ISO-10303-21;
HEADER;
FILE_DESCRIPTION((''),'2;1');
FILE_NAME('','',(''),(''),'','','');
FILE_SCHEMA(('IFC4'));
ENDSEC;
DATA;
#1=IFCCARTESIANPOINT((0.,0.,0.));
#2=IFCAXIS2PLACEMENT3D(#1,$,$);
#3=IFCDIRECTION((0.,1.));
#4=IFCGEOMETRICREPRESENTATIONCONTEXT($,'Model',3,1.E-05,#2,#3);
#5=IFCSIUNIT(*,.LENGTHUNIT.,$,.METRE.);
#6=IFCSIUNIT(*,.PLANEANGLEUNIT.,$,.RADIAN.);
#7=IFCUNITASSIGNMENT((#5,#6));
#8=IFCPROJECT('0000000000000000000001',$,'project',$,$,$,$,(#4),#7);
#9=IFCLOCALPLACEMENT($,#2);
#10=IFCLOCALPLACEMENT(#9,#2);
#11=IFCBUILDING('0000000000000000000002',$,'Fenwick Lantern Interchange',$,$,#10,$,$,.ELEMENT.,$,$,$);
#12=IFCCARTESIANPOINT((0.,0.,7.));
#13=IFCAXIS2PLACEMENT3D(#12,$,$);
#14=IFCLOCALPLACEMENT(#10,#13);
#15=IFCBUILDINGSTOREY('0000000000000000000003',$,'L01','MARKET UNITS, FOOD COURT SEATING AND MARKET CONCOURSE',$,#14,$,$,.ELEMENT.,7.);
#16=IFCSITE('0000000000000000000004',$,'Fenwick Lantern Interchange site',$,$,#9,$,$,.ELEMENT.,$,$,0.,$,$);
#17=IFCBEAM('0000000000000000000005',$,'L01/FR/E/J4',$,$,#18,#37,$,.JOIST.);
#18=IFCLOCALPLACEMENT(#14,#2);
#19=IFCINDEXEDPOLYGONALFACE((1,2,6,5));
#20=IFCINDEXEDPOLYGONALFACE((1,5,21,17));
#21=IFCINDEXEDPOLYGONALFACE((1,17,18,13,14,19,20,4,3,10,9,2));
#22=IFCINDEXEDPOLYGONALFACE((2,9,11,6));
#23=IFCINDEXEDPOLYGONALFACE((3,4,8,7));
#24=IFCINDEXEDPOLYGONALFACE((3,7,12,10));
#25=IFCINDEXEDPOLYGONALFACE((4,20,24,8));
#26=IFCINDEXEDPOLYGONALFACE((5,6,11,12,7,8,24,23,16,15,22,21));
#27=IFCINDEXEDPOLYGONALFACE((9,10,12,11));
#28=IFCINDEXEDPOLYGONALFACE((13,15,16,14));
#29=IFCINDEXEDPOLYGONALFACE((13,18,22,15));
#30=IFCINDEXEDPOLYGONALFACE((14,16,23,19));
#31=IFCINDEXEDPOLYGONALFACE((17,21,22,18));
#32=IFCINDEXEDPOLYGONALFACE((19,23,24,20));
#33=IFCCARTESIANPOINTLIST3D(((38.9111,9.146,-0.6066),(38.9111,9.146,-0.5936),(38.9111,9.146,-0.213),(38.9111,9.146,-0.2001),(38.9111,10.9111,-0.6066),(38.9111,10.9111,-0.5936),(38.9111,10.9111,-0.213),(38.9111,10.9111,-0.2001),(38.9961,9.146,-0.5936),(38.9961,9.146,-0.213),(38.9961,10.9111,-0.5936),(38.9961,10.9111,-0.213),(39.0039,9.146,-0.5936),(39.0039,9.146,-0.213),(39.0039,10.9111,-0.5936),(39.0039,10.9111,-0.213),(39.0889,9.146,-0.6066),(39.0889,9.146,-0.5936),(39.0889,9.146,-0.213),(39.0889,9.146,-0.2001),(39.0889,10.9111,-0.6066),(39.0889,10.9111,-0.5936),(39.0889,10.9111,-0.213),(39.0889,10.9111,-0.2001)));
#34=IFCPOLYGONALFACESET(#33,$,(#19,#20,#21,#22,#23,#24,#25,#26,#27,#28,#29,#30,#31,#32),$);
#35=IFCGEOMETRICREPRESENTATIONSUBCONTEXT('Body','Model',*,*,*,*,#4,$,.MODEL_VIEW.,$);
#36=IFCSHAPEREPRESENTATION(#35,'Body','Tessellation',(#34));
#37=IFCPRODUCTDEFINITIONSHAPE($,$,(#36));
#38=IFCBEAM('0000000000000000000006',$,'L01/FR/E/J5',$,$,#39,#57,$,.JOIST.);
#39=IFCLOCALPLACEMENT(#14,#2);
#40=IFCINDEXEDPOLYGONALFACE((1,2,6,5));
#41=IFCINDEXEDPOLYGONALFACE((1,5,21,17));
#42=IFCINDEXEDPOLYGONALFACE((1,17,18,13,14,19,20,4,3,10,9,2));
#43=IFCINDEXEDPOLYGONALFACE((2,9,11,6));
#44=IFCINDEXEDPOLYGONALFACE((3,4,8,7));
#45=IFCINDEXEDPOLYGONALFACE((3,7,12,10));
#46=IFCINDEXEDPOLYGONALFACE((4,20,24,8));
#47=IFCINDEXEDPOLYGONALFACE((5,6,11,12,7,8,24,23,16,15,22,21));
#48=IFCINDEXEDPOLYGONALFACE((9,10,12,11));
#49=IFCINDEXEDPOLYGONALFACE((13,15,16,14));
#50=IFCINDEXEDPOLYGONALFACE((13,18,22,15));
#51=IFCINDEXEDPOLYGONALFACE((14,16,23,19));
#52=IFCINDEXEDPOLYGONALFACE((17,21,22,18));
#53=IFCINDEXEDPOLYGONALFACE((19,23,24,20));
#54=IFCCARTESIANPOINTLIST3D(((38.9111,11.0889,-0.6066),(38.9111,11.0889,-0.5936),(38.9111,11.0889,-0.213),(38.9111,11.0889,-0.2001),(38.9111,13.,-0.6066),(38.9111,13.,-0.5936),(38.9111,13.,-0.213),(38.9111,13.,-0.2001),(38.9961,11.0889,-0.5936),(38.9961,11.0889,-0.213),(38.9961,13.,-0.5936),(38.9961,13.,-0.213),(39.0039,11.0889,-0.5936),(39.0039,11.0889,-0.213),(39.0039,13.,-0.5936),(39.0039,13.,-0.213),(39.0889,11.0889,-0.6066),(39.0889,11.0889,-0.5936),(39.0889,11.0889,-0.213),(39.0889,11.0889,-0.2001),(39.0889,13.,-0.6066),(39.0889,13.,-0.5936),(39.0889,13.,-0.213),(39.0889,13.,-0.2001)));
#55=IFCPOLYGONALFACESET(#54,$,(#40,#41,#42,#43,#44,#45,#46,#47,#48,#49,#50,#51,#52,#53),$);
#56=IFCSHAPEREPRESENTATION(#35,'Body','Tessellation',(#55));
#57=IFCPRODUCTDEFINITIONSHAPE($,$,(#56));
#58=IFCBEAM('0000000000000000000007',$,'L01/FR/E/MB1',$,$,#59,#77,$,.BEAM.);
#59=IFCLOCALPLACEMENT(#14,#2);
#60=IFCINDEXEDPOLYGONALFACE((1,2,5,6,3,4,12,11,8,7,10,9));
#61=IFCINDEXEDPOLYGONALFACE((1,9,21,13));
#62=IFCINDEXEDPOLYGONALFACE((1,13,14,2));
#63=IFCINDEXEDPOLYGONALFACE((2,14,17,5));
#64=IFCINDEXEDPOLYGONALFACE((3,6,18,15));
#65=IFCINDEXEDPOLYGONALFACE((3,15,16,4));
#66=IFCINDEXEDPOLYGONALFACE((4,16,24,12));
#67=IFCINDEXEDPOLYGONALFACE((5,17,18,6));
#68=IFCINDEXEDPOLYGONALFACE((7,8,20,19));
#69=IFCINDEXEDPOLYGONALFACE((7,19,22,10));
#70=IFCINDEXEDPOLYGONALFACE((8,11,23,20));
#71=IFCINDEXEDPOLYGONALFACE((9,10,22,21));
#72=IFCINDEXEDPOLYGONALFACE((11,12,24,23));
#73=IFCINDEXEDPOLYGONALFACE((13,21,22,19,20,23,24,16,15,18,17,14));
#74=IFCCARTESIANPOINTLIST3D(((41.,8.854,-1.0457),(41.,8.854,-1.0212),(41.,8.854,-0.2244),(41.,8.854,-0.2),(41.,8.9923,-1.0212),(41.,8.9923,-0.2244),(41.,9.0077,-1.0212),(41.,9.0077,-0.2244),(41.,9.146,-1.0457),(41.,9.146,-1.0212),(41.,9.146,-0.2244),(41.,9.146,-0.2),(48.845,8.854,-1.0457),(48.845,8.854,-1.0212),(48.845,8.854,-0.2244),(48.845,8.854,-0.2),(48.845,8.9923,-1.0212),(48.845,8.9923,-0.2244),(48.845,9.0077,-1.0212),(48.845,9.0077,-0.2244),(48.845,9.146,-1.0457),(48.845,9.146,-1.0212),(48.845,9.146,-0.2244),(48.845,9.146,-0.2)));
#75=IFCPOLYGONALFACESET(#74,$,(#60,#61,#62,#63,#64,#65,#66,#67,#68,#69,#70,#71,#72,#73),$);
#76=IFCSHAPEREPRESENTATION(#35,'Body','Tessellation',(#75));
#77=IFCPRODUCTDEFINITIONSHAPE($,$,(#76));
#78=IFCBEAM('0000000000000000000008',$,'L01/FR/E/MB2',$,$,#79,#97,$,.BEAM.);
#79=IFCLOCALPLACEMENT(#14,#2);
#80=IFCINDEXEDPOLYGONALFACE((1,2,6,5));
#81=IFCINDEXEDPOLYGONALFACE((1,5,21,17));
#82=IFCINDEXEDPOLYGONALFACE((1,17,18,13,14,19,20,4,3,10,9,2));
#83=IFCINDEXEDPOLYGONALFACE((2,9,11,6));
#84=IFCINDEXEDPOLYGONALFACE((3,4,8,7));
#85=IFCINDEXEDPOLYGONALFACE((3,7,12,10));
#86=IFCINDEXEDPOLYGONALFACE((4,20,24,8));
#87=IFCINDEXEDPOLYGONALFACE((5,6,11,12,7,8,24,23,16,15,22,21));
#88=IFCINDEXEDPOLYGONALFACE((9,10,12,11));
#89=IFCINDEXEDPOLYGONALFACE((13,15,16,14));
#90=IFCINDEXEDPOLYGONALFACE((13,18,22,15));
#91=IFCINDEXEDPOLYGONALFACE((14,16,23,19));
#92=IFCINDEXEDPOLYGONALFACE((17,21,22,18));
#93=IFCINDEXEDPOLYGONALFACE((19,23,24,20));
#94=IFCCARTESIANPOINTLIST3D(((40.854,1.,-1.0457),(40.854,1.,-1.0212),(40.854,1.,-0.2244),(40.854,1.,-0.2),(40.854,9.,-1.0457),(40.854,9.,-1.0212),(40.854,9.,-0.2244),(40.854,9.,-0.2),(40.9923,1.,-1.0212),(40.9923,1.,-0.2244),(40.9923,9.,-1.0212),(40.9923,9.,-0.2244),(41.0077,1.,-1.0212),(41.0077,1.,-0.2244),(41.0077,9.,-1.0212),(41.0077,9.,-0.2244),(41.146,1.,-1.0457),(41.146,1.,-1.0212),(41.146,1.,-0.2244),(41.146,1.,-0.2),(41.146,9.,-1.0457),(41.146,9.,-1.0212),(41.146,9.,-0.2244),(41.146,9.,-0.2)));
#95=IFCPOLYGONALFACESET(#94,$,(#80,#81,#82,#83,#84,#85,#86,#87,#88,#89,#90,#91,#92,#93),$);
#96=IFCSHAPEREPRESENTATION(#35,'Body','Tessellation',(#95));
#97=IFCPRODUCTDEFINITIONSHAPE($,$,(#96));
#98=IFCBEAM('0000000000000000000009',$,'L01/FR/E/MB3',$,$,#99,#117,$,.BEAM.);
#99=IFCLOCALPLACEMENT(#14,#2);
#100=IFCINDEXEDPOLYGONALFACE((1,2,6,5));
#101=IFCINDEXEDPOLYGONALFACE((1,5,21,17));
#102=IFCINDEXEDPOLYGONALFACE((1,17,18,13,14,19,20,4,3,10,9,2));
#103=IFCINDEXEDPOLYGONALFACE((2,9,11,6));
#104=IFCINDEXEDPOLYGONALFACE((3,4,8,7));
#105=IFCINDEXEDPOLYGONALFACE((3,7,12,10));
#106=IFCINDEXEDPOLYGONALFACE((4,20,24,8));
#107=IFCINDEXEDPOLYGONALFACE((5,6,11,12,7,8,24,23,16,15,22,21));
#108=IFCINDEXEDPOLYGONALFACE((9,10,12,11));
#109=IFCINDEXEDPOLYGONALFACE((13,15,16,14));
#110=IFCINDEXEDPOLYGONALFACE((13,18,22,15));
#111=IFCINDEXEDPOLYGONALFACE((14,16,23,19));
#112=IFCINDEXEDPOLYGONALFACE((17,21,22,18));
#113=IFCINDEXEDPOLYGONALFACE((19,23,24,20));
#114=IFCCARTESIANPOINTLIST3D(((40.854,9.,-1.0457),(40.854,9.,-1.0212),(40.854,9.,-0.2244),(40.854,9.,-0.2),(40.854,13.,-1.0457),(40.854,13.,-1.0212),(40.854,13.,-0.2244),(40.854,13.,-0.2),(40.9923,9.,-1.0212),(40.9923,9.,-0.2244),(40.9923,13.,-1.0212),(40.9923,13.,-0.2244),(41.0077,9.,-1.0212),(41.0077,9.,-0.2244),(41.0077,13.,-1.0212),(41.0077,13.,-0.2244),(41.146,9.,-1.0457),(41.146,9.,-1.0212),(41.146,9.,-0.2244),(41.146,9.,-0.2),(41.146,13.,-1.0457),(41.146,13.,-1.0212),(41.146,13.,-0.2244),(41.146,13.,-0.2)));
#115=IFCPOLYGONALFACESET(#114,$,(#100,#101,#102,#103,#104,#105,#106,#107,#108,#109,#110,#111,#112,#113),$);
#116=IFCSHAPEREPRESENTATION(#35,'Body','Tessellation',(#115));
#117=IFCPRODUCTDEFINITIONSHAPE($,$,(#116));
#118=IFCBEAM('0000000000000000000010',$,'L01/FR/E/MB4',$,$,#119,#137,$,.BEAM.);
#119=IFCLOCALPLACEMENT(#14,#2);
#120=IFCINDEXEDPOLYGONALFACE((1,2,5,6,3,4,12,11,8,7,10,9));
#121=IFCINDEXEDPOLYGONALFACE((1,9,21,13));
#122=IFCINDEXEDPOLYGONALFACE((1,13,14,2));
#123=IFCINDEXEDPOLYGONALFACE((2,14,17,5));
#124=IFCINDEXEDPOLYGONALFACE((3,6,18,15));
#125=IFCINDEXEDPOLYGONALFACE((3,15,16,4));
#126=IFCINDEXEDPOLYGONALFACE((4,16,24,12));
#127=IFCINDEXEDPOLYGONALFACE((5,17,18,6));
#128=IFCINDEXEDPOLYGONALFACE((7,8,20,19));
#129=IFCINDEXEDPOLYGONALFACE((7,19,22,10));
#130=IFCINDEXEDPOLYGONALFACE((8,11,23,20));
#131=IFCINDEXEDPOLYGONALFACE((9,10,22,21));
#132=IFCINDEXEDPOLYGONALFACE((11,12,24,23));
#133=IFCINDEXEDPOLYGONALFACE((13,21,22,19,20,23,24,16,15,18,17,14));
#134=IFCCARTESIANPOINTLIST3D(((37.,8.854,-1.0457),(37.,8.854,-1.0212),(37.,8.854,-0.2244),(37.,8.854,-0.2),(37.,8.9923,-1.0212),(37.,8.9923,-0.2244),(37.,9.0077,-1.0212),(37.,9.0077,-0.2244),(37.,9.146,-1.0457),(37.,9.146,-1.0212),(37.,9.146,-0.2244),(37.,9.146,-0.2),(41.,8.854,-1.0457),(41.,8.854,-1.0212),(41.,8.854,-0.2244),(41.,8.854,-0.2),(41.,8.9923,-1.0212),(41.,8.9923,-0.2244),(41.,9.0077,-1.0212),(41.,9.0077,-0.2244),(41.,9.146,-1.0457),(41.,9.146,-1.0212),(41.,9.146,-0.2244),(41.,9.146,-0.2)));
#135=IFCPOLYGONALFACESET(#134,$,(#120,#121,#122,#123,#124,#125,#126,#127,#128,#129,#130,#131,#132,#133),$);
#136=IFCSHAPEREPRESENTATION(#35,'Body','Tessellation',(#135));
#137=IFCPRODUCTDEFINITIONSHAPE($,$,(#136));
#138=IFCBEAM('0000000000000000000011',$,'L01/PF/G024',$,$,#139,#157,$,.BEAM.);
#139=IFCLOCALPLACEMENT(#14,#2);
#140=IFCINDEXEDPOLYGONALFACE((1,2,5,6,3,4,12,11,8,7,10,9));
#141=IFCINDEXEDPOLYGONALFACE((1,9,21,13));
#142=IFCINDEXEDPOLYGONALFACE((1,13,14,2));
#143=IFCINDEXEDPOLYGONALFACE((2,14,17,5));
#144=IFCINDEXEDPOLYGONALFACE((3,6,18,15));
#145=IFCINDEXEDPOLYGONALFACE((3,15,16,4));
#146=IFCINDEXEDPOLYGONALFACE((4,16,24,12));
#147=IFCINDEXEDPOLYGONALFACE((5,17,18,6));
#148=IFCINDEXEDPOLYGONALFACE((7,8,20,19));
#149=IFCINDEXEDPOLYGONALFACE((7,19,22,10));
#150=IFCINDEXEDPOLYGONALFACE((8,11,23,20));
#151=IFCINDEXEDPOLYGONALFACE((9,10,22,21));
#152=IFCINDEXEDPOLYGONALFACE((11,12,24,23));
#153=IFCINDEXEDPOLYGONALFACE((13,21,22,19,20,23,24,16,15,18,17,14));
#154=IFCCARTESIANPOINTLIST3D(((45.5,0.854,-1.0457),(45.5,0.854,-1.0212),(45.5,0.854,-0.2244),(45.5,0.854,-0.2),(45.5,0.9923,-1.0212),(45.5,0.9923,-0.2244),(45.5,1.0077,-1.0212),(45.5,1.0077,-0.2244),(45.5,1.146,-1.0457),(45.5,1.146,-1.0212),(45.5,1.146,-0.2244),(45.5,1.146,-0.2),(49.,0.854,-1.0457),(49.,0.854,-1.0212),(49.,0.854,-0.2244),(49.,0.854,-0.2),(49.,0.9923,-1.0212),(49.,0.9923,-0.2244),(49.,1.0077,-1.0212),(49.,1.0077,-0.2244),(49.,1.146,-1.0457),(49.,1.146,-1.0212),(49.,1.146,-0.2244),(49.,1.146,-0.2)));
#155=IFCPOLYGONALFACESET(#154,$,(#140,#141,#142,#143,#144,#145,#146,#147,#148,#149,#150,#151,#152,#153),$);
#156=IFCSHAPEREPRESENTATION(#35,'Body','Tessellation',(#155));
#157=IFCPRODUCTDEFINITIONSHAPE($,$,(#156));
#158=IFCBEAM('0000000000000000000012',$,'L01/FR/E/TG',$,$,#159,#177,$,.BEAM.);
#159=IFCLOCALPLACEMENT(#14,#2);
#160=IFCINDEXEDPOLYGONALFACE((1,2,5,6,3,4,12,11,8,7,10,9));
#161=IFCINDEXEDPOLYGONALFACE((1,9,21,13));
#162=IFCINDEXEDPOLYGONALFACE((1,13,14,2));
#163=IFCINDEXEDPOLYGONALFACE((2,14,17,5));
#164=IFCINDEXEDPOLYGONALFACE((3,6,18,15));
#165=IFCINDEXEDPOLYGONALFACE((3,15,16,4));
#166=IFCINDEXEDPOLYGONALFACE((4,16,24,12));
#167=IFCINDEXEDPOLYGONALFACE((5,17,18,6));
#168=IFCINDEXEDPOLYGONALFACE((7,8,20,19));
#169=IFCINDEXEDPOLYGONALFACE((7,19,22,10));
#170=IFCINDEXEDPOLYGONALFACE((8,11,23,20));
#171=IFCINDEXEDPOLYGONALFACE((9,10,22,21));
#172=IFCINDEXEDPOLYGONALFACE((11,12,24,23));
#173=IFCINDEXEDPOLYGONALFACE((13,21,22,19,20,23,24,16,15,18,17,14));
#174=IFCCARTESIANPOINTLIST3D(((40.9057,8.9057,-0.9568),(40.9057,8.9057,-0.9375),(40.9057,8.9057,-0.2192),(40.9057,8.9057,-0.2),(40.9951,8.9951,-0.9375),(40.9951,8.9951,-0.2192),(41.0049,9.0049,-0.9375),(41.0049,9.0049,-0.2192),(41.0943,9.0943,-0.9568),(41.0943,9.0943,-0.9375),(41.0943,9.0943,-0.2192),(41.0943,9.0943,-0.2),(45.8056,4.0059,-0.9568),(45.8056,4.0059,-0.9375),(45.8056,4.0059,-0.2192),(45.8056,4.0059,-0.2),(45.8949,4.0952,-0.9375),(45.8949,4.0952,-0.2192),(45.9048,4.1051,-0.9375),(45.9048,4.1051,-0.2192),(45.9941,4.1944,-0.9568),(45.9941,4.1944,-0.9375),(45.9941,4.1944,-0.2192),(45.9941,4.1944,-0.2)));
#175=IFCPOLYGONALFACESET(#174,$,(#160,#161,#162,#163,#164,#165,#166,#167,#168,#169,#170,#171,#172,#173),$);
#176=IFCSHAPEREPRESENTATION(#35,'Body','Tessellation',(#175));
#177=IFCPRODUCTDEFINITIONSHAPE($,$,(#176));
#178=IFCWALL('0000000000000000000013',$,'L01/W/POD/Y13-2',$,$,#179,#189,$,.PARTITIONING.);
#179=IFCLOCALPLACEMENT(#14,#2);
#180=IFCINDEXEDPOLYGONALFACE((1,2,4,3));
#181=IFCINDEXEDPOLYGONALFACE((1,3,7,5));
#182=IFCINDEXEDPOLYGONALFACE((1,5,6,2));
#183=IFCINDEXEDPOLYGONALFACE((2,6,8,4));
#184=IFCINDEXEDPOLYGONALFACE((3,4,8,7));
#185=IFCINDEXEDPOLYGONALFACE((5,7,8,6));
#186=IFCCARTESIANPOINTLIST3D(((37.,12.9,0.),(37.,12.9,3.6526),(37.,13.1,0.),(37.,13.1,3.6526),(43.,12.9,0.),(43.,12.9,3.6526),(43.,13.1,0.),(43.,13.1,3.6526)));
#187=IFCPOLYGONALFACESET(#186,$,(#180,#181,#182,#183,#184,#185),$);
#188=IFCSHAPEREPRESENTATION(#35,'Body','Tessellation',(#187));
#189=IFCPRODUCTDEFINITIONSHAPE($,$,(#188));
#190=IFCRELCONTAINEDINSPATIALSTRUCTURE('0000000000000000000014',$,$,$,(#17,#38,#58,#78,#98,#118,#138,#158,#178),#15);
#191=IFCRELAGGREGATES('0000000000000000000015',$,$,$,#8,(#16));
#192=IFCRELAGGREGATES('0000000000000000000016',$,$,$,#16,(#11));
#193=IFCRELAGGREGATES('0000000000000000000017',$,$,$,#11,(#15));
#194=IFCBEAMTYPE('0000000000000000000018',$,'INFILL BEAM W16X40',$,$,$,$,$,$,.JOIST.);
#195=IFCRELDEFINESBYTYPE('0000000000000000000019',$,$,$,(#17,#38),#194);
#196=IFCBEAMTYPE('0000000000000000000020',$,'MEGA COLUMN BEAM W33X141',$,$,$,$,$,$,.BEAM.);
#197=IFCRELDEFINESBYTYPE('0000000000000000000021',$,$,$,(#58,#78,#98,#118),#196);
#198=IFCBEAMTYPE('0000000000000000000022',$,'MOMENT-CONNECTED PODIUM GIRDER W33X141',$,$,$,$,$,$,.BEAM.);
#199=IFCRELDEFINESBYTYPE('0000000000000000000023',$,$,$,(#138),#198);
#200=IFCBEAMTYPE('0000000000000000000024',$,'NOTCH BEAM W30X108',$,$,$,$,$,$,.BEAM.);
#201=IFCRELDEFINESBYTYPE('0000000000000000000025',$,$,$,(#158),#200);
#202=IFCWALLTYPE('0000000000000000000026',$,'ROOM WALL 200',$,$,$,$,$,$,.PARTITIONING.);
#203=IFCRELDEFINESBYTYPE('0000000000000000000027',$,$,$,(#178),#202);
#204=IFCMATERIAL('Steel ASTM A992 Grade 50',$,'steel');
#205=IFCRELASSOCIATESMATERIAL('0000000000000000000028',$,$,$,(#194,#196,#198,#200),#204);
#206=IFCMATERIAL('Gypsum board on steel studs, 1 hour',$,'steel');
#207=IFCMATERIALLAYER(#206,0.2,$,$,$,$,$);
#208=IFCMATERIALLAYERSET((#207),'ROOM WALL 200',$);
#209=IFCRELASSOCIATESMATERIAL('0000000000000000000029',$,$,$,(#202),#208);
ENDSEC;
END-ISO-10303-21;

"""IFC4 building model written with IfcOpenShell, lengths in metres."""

from ifc_helpers import new_model, si_unit, direction, frame, frame_2d, origin, origin_2d, place, context, subcontext, project, spatial, rectangle, i_section, extrude, material, layer, layer_set, material_profile, profile_set, type_object, element, save


model = new_model("IFC4")

# Units and contexts
model_context = context("Model", 3, precision=1e-05, world=origin(), true_north=direction((0.0, 1.0)))
body_context = subcontext(model_context, "Body", "Model", "MODEL_VIEW")
ifc_project = project(units=[si_unit("LENGTHUNIT", "METRE"), si_unit("PLANEANGLEUNIT", "RADIAN")], contexts=[model_context])

# Site, building, storey
site_placement = place(None, origin())
site = spatial("IfcSite", under=ifc_project, at=site_placement, Name="Fenwick Lantern Interchange site", CompositionType="ELEMENT", RefElevation=0.0)
building_placement = place(site_placement, origin())
building = spatial("IfcBuilding", under=site, at=building_placement, Name="Fenwick Lantern Interchange", CompositionType="ELEMENT")
storey_placement = place(building_placement, frame((0.0, 0.0, 7.0)))
storey = spatial("IfcBuildingStorey", under=building, at=storey_placement, Name="L01", Description="MARKET UNITS, FOOD COURT SEATING AND MARKET CONCOURSE", CompositionType="ELEMENT", Elevation=7.0)

# Beams
ifc_material_1 = material(Name="Steel ASTM A992 Grade 50", Category="steel")
ifc_material_profile_1 = material_profile(ifc_material_1, i_section(OverallWidth=0.1777, OverallDepth=0.4065, WebThickness=0.0078, FlangeThickness=0.0129, at=origin_2d()), Name="W16X40")
ifc_profile_set_1 = profile_set([ifc_material_profile_1], Name="Steel ASTM A992 Grade 50")
beam_type_1 = type_object("IfcBeamType", Name="INFILL BEAM W16X40", PredefinedType="JOIST", material=ifc_profile_set_1)
beam_1_placement = place(storey_placement, frame((39.0, 9.146, -0.4033), z_axis=(0.0, 1.0, 0.0), x_axis=(-1.0, 0.0, 0.0)))
element("IfcBeam", 1, at=beam_1_placement, inside=storey, type_object=beam_type_1, Name="L01/FR/E/J4", PredefinedType="JOIST", context=body_context, shape_type="SweptSolid", body=[
    extrude(i_section(OverallWidth=0.1777, OverallDepth=0.4065, WebThickness=0.0078, FlangeThickness=0.0129, at=origin_2d()), origin(), (0.0, 0.0, 1.0), 1.7651),
])
beam_2_placement = place(storey_placement, frame((39.0, 11.0889, -0.4033), z_axis=(0.0, 1.0, 0.0), x_axis=(-1.0, 0.0, 0.0)))
element("IfcBeam", 2, at=beam_2_placement, inside=storey, type_object=beam_type_1, Name="L01/FR/E/J5", PredefinedType="JOIST", context=body_context, shape_type="SweptSolid", body=[
    extrude(i_section(OverallWidth=0.1777, OverallDepth=0.4065, WebThickness=0.0078, FlangeThickness=0.0129, at=origin_2d()), origin(), (0.0, 0.0, 1.0), 1.9111),
])
ifc_material_profile_2 = material_profile(ifc_material_1, i_section(OverallWidth=0.292, OverallDepth=0.8457, WebThickness=0.0154, FlangeThickness=0.0244, at=origin_2d()), Name="W33X141")
ifc_profile_set_2 = profile_set([ifc_material_profile_2], Name="Steel ASTM A992 Grade 50")
beam_type_2 = type_object("IfcBeamType", Name="MEGA COLUMN BEAM W33X141", PredefinedType="BEAM", material=ifc_profile_set_2)
beam_3_placement = place(storey_placement, frame((41.0, 9.0, -0.6228), z_axis=(1.0, 0.0, 0.0), x_axis=(0.0, 1.0, 0.0)))
element("IfcBeam", 3, at=beam_3_placement, inside=storey, type_object=beam_type_2, Name="L01/FR/E/MB1", PredefinedType="BEAM", context=body_context, shape_type="SweptSolid", body=[
    extrude(i_section(OverallWidth=0.292, OverallDepth=0.8457, WebThickness=0.0154, FlangeThickness=0.0244, at=origin_2d()), origin(), (0.0, 0.0, 1.0), 7.845),
])
beam_4_placement = place(storey_placement, frame((41.0, 9.0, -0.6228), z_axis=(0.0, -1.0, 0.0), x_axis=(1.0, 0.0, 0.0)))
element("IfcBeam", 4, at=beam_4_placement, inside=storey, type_object=beam_type_2, Name="L01/FR/E/MB2", PredefinedType="BEAM", context=body_context, shape_type="SweptSolid", body=[
    extrude(i_section(OverallWidth=0.292, OverallDepth=0.8457, WebThickness=0.0154, FlangeThickness=0.0244, at=origin_2d()), origin(), (0.0, 0.0, 1.0), 8.0),
])
for number, where, z_axis, x_axis, name in (
    (5, (41.0, 9.0, -0.6228), (0.0, 1.0, 0.0), (-1.0, 0.0, 0.0), "L01/FR/E/MB3"),
    (6, (41.0, 9.0, -0.6228), (-1.0, 0.0, 0.0), (0.0, -1.0, 0.0), "L01/FR/E/MB4"),
):
    element("IfcBeam", number, at=place(storey_placement, frame(where, z_axis=z_axis, x_axis=x_axis)), inside=storey, type_object=beam_type_2, Name=name, PredefinedType="BEAM", context=body_context, shape_type="SweptSolid", body=[
        extrude(i_section(OverallWidth=0.292, OverallDepth=0.8457, WebThickness=0.0154, FlangeThickness=0.0244, at=origin_2d()), origin(), (0.0, 0.0, 1.0), 4.0),
    ])
ifc_material_profile_3 = material_profile(ifc_material_1, i_section(OverallWidth=0.292, OverallDepth=0.8457, WebThickness=0.0154, FlangeThickness=0.0244, at=origin_2d()), Name="W33X141")
ifc_profile_set_3 = profile_set([ifc_material_profile_3], Name="Steel ASTM A992 Grade 50")
beam_type_3 = type_object("IfcBeamType", Name="MOMENT-CONNECTED PODIUM GIRDER W33X141", PredefinedType="BEAM", material=ifc_profile_set_3)
beam_5_placement = place(storey_placement, frame((45.5, 1.0, -0.6228), z_axis=(1.0, 0.0, 0.0), x_axis=(0.0, 1.0, 0.0)))
element("IfcBeam", 7, at=beam_5_placement, inside=storey, type_object=beam_type_3, Name="L01/PF/G024", PredefinedType="BEAM", context=body_context, shape_type="SweptSolid", body=[
    extrude(i_section(OverallWidth=0.292, OverallDepth=0.8457, WebThickness=0.0154, FlangeThickness=0.0244, at=origin_2d()), origin(), (0.0, 0.0, 1.0), 3.5),
])
ifc_material_profile_4 = material_profile(ifc_material_1, i_section(OverallWidth=0.2666, OverallDepth=0.7568, WebThickness=0.0139, FlangeThickness=0.0193, at=origin_2d()), Name="W30X108")
ifc_profile_set_4 = profile_set([ifc_material_profile_4], Name="Steel ASTM A992 Grade 50")
beam_type_4 = type_object("IfcBeamType", Name="NOTCH BEAM W30X108", PredefinedType="BEAM", material=ifc_profile_set_4)
beam_6_placement = place(storey_placement, frame((41.0, 9.0, -0.5784), z_axis=(0.707107, -0.707107, 0.0), x_axis=(0.707107, 0.707107, 0.0)))
element("IfcBeam", 8, at=beam_6_placement, inside=storey, type_object=beam_type_4, Name="L01/FR/E/TG", PredefinedType="BEAM", context=body_context, shape_type="SweptSolid", body=[
    extrude(i_section(OverallWidth=0.2666, OverallDepth=0.7568, WebThickness=0.0139, FlangeThickness=0.0193, at=origin_2d()), origin(), (0.0, 0.0, 1.0), 6.9294),
])

# Wall
ifc_material_2 = material(Name="Gypsum board on steel studs, 1 hour", Category="steel")
ifc_layer = layer(ifc_material_2, 0.2)
ifc_layer_set = layer_set([ifc_layer], Name="ROOM WALL 200")
wall_type = type_object("IfcWallType", Name="ROOM WALL 200", PredefinedType="PARTITIONING", material=ifc_layer_set)
wall_1_placement = place(storey_placement, frame((37.0, 13.0, 0.0), z_axis=(0.0, 0.0, 1.0), x_axis=(1.0, 0.0, 0.0)))
element("IfcWall", 9, at=wall_1_placement, inside=storey, type_object=wall_type, Name="L01/W/POD/Y13-2", PredefinedType="PARTITIONING", context=body_context, shape_type="SweptSolid", body=[
    extrude(rectangle(XDim=6.0, YDim=0.2, at=frame_2d((3.0, 0.0))), origin(), (0.0, 0.0, 1.0), 3.6526),
])

save(model, "model.ifc")
